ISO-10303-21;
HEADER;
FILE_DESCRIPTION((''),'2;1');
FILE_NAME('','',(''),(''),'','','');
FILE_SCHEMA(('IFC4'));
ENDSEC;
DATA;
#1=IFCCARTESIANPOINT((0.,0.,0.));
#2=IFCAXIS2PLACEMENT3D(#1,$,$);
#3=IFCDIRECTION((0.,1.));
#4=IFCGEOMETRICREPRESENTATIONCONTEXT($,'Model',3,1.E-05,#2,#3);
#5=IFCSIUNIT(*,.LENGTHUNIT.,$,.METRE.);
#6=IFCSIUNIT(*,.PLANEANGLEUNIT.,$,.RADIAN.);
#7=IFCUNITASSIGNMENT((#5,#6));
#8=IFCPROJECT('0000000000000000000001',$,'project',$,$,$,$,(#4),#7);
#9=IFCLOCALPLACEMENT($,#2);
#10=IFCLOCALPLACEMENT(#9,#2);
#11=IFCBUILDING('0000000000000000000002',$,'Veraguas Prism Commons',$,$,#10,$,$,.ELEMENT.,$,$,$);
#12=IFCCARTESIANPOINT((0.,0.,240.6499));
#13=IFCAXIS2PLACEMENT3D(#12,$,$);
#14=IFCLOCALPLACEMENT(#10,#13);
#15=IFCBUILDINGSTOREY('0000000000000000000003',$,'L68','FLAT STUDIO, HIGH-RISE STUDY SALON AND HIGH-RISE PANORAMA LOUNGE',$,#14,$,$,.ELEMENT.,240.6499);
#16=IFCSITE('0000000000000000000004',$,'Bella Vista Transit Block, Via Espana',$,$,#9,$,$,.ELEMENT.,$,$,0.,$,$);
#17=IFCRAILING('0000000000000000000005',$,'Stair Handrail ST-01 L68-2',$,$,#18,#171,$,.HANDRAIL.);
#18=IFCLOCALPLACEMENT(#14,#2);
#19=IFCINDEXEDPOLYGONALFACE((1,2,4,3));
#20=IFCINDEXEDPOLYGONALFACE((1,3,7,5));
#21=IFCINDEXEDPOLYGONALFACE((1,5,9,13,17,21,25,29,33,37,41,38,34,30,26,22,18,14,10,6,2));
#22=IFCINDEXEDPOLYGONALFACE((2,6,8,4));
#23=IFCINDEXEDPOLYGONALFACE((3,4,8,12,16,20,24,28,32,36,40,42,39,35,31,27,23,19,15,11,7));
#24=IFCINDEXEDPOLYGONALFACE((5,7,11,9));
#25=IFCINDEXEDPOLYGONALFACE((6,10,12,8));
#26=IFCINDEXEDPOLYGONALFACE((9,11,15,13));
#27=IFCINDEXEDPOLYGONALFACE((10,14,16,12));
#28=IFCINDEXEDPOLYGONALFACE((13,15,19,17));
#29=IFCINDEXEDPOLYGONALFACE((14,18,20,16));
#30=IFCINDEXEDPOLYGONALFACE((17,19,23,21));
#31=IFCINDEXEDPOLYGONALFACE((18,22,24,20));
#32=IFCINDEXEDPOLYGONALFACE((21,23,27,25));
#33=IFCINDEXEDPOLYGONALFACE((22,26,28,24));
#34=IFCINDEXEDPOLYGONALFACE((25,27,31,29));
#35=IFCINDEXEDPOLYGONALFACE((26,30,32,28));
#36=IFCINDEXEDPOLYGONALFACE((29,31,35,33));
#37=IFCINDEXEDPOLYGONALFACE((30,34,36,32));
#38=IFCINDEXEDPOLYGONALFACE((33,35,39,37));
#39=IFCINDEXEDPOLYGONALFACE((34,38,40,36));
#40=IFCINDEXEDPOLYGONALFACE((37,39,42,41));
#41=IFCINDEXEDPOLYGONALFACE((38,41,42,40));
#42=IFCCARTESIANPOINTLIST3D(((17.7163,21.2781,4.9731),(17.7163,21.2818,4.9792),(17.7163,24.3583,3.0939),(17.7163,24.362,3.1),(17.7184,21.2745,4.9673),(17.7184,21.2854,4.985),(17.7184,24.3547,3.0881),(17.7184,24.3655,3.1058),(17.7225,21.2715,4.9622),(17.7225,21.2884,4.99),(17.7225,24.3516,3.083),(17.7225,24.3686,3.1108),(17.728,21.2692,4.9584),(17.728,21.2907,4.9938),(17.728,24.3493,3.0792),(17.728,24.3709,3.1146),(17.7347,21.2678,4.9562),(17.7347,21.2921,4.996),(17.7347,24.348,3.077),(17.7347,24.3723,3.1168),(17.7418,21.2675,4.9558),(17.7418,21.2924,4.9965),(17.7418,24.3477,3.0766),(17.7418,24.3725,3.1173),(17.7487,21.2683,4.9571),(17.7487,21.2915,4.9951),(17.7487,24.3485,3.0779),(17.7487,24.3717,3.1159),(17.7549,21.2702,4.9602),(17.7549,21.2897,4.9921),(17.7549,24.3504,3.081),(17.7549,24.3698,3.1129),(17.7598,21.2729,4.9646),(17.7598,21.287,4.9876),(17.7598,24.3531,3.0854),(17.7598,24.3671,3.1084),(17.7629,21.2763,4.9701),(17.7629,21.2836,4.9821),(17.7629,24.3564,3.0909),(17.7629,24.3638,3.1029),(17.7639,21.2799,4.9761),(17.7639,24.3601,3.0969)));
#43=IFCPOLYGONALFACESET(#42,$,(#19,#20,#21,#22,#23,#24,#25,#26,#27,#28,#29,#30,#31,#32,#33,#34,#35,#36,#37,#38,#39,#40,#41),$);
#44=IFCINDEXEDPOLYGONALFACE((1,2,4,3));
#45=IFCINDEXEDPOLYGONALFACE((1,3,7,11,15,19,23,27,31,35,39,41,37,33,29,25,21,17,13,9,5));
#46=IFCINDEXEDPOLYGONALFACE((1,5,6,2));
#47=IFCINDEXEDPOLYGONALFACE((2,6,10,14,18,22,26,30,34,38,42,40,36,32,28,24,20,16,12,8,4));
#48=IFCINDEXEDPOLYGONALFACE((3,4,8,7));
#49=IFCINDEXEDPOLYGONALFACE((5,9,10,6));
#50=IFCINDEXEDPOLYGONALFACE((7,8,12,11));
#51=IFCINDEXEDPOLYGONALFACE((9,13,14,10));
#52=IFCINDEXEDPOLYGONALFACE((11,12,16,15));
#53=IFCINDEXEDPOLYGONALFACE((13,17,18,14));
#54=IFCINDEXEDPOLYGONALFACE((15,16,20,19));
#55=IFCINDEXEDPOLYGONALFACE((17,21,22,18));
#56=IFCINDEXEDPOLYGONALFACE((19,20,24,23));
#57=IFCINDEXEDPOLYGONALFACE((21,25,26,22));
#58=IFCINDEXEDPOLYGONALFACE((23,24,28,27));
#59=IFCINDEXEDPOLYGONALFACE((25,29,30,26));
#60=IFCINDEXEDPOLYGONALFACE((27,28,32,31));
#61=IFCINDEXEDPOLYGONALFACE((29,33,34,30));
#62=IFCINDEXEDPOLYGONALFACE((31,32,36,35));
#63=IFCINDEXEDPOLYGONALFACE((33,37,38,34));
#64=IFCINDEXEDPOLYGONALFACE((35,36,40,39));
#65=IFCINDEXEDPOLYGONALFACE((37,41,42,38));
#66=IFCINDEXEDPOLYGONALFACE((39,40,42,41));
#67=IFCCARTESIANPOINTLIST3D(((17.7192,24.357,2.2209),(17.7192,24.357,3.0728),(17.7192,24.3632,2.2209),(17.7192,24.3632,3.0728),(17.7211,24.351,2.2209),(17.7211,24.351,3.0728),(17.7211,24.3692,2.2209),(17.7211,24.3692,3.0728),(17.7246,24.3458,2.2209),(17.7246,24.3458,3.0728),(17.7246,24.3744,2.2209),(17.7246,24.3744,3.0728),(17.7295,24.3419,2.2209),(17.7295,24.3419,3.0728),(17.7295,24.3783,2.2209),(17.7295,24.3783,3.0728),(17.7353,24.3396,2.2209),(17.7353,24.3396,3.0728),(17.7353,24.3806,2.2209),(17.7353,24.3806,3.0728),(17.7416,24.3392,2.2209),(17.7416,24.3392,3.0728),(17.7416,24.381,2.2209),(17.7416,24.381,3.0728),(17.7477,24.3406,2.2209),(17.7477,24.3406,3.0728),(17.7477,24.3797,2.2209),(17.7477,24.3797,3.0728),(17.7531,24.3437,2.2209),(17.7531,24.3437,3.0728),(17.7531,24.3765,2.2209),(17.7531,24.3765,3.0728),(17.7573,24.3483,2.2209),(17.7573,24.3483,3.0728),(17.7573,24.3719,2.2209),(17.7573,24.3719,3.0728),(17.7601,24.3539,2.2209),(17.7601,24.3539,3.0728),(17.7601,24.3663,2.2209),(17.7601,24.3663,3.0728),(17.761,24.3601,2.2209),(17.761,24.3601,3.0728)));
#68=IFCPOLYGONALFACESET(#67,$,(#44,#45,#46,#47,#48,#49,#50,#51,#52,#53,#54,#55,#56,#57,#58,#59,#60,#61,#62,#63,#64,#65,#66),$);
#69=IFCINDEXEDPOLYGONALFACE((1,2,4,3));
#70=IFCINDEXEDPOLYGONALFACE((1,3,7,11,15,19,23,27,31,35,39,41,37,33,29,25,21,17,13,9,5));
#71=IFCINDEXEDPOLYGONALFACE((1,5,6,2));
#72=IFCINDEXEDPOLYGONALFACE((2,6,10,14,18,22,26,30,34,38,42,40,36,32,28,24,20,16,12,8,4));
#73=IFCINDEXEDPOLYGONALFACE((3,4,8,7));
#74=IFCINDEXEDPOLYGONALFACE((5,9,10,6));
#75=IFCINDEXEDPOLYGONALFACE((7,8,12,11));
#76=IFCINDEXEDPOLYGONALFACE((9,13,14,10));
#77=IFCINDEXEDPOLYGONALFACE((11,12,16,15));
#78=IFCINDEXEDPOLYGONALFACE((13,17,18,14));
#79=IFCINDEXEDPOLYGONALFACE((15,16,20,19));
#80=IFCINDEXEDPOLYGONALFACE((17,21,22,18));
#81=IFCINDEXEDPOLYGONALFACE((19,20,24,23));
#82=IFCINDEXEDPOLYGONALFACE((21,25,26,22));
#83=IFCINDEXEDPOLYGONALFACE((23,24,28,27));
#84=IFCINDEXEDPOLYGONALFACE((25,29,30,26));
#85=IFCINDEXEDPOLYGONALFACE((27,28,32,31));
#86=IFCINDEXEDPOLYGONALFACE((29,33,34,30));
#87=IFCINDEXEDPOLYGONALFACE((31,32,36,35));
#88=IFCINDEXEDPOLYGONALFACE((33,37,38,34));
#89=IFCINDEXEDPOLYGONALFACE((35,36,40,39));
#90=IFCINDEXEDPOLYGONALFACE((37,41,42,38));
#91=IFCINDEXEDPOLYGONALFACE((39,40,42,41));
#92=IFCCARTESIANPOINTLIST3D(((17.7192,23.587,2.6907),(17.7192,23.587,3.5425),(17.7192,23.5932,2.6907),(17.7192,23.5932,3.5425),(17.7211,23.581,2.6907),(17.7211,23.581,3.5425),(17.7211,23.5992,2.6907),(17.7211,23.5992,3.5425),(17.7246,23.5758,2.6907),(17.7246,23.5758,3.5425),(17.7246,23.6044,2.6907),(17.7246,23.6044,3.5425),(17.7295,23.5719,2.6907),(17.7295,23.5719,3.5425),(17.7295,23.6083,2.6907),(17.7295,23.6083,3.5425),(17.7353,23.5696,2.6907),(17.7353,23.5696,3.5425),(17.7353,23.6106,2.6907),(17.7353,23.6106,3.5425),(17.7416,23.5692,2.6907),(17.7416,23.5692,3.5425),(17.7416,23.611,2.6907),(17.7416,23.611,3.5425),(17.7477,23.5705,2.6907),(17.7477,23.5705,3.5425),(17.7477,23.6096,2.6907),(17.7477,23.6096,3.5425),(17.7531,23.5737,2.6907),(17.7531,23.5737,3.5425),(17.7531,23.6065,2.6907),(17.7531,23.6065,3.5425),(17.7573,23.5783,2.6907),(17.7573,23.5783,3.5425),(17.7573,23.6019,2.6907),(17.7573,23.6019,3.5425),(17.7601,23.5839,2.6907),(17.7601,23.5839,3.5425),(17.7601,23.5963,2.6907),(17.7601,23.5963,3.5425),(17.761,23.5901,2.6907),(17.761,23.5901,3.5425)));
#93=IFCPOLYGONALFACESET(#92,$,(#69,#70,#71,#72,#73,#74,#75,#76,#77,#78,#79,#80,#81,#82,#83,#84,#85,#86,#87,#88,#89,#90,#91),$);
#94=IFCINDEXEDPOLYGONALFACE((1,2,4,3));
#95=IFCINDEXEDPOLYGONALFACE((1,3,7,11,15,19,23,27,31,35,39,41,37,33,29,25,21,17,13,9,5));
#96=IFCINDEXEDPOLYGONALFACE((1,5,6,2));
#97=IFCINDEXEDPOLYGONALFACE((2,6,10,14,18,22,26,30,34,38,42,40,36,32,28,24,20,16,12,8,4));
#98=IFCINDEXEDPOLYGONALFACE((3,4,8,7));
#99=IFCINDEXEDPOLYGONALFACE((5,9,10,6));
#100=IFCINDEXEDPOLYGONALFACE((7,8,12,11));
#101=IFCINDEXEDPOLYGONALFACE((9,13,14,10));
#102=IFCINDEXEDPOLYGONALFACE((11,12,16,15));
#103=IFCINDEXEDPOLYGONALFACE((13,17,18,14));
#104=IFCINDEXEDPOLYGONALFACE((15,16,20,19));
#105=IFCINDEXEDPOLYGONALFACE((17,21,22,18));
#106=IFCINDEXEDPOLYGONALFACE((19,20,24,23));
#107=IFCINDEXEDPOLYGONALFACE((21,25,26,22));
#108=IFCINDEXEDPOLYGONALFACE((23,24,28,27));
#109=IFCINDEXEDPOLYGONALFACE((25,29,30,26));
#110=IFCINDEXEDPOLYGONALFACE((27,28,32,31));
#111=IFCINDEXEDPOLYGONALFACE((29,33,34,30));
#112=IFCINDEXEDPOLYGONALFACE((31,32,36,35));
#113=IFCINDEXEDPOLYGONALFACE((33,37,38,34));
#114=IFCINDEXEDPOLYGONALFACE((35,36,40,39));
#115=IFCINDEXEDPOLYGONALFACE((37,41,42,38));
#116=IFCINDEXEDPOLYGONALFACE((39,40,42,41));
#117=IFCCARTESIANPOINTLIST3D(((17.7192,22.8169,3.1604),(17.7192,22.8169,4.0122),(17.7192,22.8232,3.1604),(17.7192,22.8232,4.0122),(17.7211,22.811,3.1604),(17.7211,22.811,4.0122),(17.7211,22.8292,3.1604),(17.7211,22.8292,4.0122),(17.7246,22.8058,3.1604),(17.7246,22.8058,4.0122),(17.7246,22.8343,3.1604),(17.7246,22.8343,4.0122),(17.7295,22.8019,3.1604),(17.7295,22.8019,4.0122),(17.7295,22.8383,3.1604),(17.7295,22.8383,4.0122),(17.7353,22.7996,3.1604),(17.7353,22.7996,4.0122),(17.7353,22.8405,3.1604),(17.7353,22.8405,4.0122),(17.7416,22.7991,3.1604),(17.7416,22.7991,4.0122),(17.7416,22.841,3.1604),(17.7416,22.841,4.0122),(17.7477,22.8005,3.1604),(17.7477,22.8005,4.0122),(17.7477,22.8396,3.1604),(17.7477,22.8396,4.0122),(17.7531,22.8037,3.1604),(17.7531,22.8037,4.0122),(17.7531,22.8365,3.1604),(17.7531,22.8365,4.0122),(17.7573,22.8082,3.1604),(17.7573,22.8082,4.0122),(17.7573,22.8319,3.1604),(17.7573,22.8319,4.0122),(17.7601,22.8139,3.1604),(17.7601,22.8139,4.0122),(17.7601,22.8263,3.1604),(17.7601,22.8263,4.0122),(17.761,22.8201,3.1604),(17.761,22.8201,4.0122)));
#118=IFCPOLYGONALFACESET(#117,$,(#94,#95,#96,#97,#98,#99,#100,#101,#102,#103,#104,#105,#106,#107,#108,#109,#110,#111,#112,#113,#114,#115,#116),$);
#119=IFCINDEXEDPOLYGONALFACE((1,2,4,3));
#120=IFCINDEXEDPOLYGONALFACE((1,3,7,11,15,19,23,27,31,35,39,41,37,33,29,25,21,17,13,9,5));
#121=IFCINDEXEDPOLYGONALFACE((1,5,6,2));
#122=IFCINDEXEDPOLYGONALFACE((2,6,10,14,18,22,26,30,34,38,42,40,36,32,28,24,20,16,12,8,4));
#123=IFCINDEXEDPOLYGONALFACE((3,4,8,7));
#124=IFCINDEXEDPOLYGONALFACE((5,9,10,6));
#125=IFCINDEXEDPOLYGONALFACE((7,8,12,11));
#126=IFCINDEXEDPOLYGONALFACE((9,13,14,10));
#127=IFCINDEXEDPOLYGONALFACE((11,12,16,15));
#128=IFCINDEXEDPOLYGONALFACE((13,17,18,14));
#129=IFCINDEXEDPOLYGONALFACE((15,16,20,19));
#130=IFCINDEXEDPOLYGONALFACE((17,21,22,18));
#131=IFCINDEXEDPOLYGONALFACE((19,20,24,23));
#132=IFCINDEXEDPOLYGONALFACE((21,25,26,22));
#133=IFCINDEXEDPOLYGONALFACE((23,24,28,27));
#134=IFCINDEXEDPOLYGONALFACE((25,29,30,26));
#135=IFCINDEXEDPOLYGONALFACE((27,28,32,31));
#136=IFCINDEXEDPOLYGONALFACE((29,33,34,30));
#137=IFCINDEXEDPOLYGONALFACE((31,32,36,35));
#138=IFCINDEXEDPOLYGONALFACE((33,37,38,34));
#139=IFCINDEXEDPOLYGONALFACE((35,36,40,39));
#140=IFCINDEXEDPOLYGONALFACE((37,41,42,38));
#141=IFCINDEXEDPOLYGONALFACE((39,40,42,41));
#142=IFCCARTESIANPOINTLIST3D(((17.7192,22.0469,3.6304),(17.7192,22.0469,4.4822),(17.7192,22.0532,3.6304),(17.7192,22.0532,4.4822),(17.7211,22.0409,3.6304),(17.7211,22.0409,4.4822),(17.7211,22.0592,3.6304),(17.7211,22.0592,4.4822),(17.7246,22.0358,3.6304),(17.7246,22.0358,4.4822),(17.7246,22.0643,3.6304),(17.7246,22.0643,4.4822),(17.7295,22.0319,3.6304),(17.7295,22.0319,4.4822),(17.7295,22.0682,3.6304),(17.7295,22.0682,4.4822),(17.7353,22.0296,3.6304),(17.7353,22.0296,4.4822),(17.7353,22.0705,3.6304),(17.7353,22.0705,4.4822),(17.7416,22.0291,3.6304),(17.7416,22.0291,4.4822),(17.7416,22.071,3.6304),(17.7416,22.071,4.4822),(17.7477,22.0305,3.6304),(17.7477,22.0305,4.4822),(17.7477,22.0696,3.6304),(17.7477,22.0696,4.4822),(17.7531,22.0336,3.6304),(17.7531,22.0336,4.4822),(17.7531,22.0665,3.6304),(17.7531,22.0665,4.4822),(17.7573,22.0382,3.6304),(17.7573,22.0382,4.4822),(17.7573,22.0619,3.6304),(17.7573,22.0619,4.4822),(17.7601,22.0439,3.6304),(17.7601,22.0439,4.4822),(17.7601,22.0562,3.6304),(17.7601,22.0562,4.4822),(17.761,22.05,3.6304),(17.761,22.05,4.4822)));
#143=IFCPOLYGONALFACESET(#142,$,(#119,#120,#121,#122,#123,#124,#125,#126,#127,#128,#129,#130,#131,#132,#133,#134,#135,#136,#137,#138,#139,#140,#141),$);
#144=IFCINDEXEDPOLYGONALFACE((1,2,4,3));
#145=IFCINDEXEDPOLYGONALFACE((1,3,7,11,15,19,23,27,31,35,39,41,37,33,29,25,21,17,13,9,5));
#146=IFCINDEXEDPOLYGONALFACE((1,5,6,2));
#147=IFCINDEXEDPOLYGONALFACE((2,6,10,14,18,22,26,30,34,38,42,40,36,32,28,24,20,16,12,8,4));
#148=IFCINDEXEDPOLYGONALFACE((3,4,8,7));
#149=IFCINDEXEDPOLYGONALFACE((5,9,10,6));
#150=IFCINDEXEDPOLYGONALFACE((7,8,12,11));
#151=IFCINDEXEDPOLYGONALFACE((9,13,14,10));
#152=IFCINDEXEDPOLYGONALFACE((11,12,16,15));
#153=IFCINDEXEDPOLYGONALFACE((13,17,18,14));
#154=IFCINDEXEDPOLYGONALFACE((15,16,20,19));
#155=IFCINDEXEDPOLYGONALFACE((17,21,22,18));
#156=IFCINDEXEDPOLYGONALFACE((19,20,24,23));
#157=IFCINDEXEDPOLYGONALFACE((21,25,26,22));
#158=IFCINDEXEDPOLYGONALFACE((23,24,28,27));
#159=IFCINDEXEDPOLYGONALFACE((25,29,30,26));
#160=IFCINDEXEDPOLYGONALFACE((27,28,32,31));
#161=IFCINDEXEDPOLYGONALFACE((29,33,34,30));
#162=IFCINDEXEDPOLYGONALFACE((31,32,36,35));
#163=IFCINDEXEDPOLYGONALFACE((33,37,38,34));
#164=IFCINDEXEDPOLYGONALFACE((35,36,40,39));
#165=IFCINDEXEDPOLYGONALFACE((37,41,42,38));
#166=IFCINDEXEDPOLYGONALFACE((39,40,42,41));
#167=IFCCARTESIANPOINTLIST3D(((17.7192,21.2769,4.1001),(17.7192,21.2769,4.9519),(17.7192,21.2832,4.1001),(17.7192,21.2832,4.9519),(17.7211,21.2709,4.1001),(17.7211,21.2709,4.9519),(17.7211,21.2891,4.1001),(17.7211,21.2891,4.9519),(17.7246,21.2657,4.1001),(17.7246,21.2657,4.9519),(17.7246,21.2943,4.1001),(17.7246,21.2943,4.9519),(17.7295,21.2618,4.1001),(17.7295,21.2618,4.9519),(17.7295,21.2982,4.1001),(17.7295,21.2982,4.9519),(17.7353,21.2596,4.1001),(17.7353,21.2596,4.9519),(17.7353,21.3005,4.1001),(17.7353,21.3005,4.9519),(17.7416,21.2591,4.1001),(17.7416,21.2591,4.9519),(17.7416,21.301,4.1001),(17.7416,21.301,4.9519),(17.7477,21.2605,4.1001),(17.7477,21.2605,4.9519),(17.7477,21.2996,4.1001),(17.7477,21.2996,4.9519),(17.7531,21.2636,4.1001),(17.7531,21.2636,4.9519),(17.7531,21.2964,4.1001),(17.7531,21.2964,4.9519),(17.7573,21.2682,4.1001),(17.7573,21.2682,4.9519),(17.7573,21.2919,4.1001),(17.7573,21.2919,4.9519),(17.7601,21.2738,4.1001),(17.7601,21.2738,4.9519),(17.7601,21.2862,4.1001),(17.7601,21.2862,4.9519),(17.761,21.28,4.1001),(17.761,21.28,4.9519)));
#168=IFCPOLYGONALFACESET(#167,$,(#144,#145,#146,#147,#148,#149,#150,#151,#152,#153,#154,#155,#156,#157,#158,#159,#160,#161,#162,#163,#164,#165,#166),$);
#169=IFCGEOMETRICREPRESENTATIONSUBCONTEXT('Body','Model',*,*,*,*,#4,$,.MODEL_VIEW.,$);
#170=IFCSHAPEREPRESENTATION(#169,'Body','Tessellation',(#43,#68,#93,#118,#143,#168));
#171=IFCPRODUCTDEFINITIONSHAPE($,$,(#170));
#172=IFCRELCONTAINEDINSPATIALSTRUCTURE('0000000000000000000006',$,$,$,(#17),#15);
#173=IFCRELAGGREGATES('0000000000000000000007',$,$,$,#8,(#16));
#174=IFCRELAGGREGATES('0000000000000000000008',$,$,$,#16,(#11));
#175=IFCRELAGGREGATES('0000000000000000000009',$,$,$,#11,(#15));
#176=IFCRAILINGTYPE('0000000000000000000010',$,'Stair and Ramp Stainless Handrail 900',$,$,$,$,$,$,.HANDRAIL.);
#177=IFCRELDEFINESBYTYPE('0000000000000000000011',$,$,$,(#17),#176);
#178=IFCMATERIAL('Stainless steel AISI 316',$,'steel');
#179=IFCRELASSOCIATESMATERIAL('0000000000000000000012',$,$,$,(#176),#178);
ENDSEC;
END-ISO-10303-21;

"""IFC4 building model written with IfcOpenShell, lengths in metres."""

from ifc_helpers import new_model, si_unit, direction, frame, origin, origin_2d, place, context, subcontext, project, spatial, circle, extrude, material, type_object, element, save


model = new_model("IFC4")

# Units and contexts
model_context = context("Model", 3, precision=1e-05, world=origin(), true_north=direction((0.0, 1.0)))
body_context = subcontext(model_context, "Body", "Model", "MODEL_VIEW")
ifc_project = project(units=[si_unit("LENGTHUNIT", "METRE"), si_unit("PLANEANGLEUNIT", "RADIAN")], contexts=[model_context])

# Site, building, storey
site_placement = place(None, origin())
site = spatial("IfcSite", under=ifc_project, at=site_placement, Name="Bella Vista Transit Block, Via Espana", CompositionType="ELEMENT", RefElevation=0.0)
building_placement = place(site_placement, origin())
building = spatial("IfcBuilding", under=site, at=building_placement, Name="Veraguas Prism Commons", CompositionType="ELEMENT")
storey_placement = place(building_placement, frame((0.0, 0.0, 240.6499)))
storey = spatial("IfcBuildingStorey", under=building, at=storey_placement, Name="L68", Description="FLAT STUDIO, HIGH-RISE STUDY SALON AND HIGH-RISE PANORAMA LOUNGE", CompositionType="ELEMENT", Elevation=240.6499)

# Railing
ifc_material_1 = material(Name="Stainless steel AISI 316", Category="steel")
railing_type_1 = type_object("IfcRailingType", Name="Stair and Ramp Stainless Handrail 900", PredefinedType="HANDRAIL", material=ifc_material_1)
railing_1_placement = place(storey_placement, frame((17.74, 24.3601, 2.2209)))
element("IfcRailing", 1, at=railing_1_placement, inside=storey, type_object=railing_type_1, Name="Stair Handrail ST-01 L68-2", PredefinedType="HANDRAIL", context=body_context, shape_type="SweptSolid", body=[
    extrude(circle(Radius=0.0239, at=origin_2d()), frame((0.0, 0.0, 0.876), z_axis=(0.0, -0.853666, 0.52082), x_axis=(1.0, 0.0, 0.0)), (0.0, 0.0, 1.0), 3.6082),
    extrude(circle(Radius=0.021, at=origin_2d()), origin(), (0.0, 0.0, 1.0), 0.8518),
    extrude(circle(Radius=0.021, at=origin_2d()), frame((0.0, -0.77, 0.4697)), (0.0, 0.0, 1.0), 0.8518),
    extrude(circle(Radius=0.021, at=origin_2d()), frame((0.0, -1.54, 0.9395)), (0.0, 0.0, 1.0), 0.8518),
    extrude(circle(Radius=0.021, at=origin_2d()), frame((0.0, -2.3101, 1.4094)), (0.0, 0.0, 1.0), 0.8518),
    extrude(circle(Radius=0.021, at=origin_2d()), frame((0.0, -3.0801, 1.8792)), (0.0, 0.0, 1.0), 0.8518),
])

save(model, "model.ifc")
